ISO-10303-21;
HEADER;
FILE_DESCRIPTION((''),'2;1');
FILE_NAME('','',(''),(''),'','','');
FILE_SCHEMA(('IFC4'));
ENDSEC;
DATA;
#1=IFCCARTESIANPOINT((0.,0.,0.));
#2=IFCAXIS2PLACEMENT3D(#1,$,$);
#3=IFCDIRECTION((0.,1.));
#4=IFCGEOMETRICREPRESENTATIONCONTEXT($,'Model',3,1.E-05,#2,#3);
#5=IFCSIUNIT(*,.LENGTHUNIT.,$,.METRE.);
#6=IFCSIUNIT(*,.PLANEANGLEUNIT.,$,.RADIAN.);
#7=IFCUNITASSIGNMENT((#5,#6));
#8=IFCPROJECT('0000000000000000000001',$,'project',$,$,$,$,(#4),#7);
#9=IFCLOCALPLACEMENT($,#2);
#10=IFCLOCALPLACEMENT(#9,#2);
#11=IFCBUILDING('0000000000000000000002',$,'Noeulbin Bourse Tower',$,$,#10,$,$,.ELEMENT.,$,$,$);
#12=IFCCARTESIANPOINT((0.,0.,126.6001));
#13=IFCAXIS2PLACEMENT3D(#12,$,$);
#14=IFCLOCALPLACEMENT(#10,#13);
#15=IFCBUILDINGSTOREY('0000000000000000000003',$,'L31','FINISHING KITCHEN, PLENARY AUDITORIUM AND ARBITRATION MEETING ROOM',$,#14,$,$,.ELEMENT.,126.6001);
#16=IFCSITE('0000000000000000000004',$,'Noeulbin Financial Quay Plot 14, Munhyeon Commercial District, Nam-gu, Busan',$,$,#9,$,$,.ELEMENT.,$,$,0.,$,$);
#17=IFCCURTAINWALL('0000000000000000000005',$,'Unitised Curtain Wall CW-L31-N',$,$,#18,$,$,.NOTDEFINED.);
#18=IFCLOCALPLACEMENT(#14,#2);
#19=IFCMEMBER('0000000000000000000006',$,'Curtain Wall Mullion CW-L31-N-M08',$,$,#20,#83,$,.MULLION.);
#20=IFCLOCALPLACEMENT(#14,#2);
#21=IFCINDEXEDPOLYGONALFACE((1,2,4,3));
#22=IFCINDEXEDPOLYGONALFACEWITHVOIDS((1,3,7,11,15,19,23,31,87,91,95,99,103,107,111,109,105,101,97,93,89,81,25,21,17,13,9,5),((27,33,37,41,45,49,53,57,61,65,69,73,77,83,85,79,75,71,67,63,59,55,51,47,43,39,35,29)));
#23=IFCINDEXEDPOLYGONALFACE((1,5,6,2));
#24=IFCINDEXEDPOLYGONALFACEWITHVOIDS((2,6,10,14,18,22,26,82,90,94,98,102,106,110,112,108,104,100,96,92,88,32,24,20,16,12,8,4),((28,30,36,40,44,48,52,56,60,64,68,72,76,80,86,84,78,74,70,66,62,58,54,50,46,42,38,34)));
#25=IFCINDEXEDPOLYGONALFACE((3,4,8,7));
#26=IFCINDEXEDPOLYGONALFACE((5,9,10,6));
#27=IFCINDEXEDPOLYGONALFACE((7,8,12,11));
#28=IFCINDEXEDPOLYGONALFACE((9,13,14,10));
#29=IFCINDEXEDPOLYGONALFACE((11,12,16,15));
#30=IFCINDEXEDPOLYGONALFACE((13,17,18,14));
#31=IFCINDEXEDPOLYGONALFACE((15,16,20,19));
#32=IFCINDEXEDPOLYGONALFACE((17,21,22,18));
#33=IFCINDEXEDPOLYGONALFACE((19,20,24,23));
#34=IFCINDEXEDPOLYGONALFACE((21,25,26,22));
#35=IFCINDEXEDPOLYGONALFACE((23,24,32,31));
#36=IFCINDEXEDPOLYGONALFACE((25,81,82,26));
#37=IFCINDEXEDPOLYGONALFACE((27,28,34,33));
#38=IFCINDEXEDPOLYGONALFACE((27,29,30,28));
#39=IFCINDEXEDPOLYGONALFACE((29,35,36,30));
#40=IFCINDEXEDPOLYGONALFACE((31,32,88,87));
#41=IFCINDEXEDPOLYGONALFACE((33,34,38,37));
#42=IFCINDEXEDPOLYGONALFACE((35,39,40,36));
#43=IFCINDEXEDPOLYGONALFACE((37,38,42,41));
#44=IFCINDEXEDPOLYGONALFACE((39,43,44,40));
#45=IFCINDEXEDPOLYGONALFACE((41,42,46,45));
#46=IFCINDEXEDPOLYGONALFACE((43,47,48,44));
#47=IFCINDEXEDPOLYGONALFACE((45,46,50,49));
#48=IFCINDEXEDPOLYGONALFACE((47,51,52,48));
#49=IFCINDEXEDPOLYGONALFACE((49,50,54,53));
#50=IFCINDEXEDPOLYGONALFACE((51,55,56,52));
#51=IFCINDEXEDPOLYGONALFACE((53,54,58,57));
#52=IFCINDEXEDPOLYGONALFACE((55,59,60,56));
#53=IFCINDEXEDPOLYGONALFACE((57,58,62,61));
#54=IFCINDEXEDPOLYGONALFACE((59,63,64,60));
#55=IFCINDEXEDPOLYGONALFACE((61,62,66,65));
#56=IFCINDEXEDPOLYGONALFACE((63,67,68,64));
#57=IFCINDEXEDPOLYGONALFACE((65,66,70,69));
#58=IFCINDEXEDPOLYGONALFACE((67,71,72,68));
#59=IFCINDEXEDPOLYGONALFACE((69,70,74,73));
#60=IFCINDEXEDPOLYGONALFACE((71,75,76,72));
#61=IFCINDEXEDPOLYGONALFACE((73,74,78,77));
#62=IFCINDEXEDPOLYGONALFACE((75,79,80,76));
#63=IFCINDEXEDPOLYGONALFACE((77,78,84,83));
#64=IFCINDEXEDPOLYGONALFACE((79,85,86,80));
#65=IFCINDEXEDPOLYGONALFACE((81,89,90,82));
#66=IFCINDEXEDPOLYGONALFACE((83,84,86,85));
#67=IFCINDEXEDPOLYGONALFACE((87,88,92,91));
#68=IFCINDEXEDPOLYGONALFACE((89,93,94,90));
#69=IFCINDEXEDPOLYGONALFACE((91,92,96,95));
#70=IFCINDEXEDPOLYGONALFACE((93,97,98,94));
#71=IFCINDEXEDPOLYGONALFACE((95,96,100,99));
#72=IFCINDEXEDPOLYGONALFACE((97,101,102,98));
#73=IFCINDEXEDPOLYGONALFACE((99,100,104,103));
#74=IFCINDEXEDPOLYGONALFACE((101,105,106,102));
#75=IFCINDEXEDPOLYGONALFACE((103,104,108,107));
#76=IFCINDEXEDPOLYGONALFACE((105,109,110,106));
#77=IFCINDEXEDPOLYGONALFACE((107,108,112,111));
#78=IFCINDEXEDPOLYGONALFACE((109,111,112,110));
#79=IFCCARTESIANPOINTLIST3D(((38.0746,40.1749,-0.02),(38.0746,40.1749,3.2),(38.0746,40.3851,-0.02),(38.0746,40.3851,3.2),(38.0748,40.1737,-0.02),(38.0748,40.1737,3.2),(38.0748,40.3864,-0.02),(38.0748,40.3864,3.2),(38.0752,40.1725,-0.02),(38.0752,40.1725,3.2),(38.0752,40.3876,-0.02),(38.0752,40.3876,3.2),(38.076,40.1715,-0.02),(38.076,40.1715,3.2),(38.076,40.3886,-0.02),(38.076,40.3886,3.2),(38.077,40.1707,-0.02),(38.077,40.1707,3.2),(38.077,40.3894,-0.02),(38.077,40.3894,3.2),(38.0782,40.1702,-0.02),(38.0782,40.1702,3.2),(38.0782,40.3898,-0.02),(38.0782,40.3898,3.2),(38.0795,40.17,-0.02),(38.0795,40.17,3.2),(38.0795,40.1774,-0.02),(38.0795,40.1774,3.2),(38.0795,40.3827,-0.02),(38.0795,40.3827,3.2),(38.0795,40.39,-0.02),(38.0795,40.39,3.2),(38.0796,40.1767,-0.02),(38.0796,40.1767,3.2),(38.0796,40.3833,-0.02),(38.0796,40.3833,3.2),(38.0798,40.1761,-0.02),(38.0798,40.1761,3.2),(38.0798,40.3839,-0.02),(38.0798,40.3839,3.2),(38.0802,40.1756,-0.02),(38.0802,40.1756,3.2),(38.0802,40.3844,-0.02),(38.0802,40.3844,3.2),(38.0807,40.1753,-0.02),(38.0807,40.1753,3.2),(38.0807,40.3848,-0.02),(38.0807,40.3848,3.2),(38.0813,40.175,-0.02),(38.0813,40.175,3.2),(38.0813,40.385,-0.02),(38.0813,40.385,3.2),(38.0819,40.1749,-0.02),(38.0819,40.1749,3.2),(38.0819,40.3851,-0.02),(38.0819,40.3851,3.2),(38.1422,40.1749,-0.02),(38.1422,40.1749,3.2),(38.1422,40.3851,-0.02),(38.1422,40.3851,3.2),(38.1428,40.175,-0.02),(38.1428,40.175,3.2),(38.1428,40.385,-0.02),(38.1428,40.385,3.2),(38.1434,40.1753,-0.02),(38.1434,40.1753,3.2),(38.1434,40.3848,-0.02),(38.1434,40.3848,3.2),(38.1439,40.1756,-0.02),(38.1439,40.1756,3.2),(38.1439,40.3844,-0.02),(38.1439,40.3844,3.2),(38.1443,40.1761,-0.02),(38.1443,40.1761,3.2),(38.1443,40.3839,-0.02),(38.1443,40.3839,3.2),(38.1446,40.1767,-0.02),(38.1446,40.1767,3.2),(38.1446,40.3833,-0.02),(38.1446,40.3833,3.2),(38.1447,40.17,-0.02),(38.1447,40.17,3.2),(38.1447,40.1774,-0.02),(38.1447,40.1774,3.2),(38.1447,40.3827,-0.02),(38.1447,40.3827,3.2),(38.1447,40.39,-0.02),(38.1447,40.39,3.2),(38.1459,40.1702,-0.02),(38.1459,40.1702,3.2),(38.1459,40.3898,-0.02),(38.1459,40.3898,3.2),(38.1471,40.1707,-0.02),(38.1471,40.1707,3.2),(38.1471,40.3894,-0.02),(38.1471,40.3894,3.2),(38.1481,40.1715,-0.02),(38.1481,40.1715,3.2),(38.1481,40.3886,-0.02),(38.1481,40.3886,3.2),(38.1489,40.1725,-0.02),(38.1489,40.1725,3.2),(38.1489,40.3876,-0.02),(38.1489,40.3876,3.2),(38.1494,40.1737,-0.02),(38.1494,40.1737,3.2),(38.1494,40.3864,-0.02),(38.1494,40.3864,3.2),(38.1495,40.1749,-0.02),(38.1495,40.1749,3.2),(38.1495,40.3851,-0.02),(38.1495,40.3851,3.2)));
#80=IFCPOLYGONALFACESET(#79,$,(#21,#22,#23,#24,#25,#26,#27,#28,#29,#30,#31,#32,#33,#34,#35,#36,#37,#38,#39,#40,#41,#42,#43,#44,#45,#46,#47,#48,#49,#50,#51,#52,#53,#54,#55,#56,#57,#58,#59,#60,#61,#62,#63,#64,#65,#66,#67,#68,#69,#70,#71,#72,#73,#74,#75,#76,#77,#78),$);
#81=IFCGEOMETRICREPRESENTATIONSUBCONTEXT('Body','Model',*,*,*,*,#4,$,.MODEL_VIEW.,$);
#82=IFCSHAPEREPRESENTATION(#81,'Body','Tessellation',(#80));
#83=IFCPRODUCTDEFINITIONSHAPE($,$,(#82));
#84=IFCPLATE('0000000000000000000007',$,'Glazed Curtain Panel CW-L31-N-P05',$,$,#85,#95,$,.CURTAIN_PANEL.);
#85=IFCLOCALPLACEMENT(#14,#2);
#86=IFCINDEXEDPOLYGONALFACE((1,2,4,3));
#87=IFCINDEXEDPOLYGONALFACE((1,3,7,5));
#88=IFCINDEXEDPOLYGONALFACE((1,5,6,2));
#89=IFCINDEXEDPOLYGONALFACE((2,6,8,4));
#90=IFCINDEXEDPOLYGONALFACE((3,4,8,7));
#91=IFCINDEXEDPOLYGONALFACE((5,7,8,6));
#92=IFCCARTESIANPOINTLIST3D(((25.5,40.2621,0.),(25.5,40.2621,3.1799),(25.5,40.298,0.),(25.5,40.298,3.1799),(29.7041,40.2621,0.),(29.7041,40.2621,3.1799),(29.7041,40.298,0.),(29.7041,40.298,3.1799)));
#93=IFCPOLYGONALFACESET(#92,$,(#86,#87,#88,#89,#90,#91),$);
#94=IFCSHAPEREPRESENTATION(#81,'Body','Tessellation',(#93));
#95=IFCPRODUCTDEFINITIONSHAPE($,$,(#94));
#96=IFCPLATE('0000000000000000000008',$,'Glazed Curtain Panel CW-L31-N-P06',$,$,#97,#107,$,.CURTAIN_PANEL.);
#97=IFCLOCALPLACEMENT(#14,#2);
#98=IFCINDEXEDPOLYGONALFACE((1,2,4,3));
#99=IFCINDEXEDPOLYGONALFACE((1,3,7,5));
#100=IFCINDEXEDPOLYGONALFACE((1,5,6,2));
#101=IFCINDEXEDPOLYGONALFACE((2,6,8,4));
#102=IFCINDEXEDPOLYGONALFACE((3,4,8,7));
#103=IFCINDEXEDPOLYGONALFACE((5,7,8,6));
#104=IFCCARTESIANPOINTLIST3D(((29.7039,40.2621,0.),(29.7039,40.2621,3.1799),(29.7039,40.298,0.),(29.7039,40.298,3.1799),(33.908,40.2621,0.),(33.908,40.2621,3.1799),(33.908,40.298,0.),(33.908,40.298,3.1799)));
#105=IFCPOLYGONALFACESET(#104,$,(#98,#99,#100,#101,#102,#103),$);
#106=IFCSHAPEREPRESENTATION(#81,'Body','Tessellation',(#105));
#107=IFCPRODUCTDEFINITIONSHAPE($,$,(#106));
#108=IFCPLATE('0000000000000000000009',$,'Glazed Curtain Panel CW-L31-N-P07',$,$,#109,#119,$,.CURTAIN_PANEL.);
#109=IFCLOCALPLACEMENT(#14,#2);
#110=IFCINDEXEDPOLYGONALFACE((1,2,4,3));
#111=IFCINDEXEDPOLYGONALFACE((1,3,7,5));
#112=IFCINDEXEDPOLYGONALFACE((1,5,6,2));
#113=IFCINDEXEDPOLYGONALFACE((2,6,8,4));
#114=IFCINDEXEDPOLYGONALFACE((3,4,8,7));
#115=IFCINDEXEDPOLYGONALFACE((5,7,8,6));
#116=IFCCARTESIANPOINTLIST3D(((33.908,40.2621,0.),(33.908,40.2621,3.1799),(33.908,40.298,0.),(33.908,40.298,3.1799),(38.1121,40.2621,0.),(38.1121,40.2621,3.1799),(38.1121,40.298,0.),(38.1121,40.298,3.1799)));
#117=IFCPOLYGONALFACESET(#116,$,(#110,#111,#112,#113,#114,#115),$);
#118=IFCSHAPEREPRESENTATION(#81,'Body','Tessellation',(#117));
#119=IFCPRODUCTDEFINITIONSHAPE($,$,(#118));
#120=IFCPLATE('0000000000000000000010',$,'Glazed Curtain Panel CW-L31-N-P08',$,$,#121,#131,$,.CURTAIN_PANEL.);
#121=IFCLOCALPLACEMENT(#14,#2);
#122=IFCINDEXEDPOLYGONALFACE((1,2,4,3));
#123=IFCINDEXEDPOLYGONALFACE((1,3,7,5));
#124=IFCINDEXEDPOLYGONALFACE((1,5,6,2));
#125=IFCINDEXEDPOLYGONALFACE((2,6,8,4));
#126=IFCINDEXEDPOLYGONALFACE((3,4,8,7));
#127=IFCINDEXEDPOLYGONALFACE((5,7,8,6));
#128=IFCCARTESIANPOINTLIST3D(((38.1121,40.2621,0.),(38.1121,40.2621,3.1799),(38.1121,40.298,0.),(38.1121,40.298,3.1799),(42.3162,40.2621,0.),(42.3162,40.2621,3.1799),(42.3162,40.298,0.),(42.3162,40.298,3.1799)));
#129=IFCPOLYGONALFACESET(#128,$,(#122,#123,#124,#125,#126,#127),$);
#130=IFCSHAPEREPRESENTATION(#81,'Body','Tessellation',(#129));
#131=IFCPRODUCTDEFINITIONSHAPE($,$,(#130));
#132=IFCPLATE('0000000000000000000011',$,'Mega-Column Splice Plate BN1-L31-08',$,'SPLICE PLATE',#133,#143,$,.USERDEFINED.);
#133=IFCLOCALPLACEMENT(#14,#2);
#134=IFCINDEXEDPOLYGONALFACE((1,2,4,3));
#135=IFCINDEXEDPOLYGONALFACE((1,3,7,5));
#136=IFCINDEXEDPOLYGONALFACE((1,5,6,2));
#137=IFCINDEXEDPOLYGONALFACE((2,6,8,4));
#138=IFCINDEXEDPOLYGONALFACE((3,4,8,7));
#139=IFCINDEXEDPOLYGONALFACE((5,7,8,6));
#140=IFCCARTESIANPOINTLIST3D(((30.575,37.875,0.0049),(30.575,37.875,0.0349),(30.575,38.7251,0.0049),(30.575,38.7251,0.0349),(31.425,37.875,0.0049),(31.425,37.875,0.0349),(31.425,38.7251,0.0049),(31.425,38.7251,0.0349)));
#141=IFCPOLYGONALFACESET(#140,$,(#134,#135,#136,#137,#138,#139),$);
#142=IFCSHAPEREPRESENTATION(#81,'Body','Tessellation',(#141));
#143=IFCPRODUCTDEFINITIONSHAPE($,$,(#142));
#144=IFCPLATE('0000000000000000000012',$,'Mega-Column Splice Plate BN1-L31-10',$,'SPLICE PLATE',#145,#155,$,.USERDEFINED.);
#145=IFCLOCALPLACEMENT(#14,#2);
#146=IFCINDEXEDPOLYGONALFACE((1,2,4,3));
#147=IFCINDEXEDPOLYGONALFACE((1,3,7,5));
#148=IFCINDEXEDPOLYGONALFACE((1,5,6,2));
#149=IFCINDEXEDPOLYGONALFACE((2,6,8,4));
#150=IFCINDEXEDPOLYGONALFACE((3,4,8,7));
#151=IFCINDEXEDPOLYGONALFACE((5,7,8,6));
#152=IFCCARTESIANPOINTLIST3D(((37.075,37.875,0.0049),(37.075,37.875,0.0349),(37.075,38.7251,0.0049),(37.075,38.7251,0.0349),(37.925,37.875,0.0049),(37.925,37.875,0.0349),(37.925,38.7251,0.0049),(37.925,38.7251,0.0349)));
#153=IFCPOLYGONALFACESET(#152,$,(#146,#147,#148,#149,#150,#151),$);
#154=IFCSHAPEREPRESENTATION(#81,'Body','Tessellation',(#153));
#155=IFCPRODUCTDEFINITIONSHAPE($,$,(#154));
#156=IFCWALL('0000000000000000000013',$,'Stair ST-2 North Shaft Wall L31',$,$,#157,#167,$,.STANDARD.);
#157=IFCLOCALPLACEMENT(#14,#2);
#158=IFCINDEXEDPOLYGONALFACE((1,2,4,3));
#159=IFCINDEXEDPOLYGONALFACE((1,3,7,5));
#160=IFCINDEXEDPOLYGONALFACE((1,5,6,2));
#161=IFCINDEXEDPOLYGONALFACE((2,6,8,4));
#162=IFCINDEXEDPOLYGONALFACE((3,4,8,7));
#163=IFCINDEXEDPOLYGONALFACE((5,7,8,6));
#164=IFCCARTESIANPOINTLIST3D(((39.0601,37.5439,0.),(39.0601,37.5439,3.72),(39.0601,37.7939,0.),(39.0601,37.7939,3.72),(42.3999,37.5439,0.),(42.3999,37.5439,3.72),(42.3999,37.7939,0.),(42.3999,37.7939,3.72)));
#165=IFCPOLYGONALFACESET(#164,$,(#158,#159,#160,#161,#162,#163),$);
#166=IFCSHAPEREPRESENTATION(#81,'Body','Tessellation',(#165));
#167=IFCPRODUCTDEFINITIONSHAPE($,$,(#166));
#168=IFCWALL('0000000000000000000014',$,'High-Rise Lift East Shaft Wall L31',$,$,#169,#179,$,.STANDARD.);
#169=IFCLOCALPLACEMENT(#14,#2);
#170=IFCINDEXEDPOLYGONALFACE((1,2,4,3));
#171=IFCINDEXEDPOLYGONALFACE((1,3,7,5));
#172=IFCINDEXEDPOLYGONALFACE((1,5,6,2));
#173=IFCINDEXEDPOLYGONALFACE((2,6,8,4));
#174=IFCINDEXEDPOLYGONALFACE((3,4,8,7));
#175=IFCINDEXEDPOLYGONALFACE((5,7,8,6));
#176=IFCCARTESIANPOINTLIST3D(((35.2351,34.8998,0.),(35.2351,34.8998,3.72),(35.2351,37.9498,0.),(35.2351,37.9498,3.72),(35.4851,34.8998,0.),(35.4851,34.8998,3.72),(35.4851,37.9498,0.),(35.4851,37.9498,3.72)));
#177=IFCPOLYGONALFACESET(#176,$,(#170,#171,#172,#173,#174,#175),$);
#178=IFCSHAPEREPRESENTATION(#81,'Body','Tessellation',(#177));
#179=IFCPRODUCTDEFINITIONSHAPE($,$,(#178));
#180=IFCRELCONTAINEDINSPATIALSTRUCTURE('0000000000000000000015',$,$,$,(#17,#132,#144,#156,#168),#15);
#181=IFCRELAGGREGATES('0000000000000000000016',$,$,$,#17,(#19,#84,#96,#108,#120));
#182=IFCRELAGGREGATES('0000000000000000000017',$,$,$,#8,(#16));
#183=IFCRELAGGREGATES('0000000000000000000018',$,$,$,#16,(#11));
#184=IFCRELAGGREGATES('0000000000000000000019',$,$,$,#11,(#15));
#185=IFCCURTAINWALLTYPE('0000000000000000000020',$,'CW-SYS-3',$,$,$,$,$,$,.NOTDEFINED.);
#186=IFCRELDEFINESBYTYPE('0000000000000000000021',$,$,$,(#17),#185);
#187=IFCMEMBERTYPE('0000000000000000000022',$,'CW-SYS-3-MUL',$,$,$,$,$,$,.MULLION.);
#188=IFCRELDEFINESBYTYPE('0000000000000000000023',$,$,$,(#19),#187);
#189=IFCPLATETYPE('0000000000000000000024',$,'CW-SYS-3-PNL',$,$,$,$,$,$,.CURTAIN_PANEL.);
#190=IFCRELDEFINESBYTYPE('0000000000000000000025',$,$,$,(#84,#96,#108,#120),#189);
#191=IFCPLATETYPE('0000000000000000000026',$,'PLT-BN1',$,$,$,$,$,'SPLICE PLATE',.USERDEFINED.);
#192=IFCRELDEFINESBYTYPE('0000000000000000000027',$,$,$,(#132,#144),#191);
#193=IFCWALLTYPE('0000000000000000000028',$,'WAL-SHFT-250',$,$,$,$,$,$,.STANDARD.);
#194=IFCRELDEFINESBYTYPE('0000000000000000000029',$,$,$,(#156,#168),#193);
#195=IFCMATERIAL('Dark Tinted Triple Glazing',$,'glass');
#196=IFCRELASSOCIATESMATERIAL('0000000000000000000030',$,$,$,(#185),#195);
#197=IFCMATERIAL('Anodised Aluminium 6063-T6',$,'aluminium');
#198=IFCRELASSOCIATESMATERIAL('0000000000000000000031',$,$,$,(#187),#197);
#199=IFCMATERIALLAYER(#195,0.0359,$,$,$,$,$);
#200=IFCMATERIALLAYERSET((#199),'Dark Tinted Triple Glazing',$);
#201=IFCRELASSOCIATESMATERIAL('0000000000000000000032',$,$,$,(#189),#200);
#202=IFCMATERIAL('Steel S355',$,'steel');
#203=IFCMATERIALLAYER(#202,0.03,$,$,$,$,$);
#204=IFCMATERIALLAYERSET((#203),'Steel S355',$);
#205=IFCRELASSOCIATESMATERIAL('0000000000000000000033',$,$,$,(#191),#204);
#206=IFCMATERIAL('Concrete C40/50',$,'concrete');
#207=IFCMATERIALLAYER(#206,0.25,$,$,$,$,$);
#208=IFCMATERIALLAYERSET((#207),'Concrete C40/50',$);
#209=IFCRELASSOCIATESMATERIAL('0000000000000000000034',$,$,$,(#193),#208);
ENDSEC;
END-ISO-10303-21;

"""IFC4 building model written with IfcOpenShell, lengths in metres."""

from ifc_helpers import new_model, si_unit, direction, frame, frame_2d, origin, origin_2d, place, context, subcontext, project, spatial, rectangle, hollow_rectangle, extrude, material, layer, layer_set, material_profile, profile_set, type_object, element, aggregate, save


model = new_model("IFC4")

# Units and contexts
model_context = context("Model", 3, precision=1e-05, world=origin(), true_north=direction((0.0, 1.0)))
body_context = subcontext(model_context, "Body", "Model", "MODEL_VIEW")
ifc_project = project(units=[si_unit("LENGTHUNIT", "METRE"), si_unit("PLANEANGLEUNIT", "RADIAN")], contexts=[model_context])

# Site, building, storey
site_placement = place(None, origin())
site = spatial("IfcSite", under=ifc_project, at=site_placement, Name="Noeulbin Financial Quay Plot 14, Munhyeon Commercial District, Nam-gu, Busan", CompositionType="ELEMENT", RefElevation=0.0)
building_placement = place(site_placement, origin())
building = spatial("IfcBuilding", under=site, at=building_placement, Name="Noeulbin Bourse Tower", CompositionType="ELEMENT")
storey_placement = place(building_placement, frame((0.0, 0.0, 126.6001)))
storey = spatial("IfcBuildingStorey", under=building, at=storey_placement, Name="L31", Description="FINISHING KITCHEN, PLENARY AUDITORIUM AND ARBITRATION MEETING ROOM", CompositionType="ELEMENT", Elevation=126.6001)

# Shared definitions
ifc_material_1 = material(Name="Steel S355", Category="steel")

# Curtain wall, member, plates
ifc_material_2 = material(Name="Dark Tinted Triple Glazing", Category="glass")
curtain_wall_type = type_object("IfcCurtainWallType", Name="CW-SYS-3", PredefinedType="NOTDEFINED", material=ifc_material_2)
curtain_wall_placement = place(storey_placement, origin())
curtain_wall = element("IfcCurtainWall", 1, at=curtain_wall_placement, inside=storey, type_object=curtain_wall_type, Name="Unitised Curtain Wall CW-L31-N", PredefinedType="NOTDEFINED")
ifc_material_3 = material(Name="Anodised Aluminium 6063-T6", Category="aluminium")
ifc_material_profile_1 = material_profile(ifc_material_3, hollow_rectangle(XDim=0.075, YDim=0.22, WallThickness=0.0049, InnerFilletRadius=0.0024, OuterFilletRadius=0.0049, at=origin_2d()), Name="ALU-MULL-75x220x5", Category="LoadBearing")
ifc_profile_set_1 = profile_set([ifc_material_profile_1], Name="Anodised Aluminium 6063-T6")
member_type = type_object("IfcMemberType", Name="CW-SYS-3-MUL", PredefinedType="MULLION", material=ifc_profile_set_1)
member_1_placement = place(storey_placement, frame((38.1121, 40.28, -0.02), z_axis=(0.0, 0.0, 1.0), x_axis=(1.0, 0.0, 0.0)))
member_1 = element("IfcMember", 2, at=member_1_placement, type_object=member_type, Name="Curtain Wall Mullion CW-L31-N-M08", PredefinedType="MULLION", context=body_context, shape_type="SweptSolid", body=[
    extrude(hollow_rectangle(XDim=0.075, YDim=0.22, WallThickness=0.0049, InnerFilletRadius=0.0024, OuterFilletRadius=0.0049, at=origin_2d()), origin(), (0.0, 0.0, 1.0), 3.22),
])
ifc_layer_1 = layer(ifc_material_2, 0.0359)
ifc_layer_set_1 = layer_set([ifc_layer_1], Name="Dark Tinted Triple Glazing")
plate_type_1 = type_object("IfcPlateType", Name="CW-SYS-3-PNL", PredefinedType="CURTAIN_PANEL", material=ifc_layer_set_1)
plate_1_placement = place(storey_placement, frame((27.6021, 40.28, 0.0), z_axis=(0.0, 0.0, 1.0), x_axis=(1.0, 0.0, 0.0)))
plate_1 = element("IfcPlate", 3, at=plate_1_placement, type_object=plate_type_1, Name="Glazed Curtain Panel CW-L31-N-P05", PredefinedType="CURTAIN_PANEL", context=body_context, shape_type="SweptSolid", body=[
    extrude(rectangle(XDim=4.2041, YDim=0.0359, at=origin_2d()), origin(), (0.0, 0.0, 1.0), 3.1799),
])
plate_2_placement = place(storey_placement, frame((31.8059, 40.28, 0.0), z_axis=(0.0, 0.0, 1.0), x_axis=(1.0, 0.0, 0.0)))
plate_2 = element("IfcPlate", 4, at=plate_2_placement, type_object=plate_type_1, Name="Glazed Curtain Panel CW-L31-N-P06", PredefinedType="CURTAIN_PANEL", context=body_context, shape_type="SweptSolid", body=[
    extrude(rectangle(XDim=4.2041, YDim=0.0359, at=origin_2d()), origin(), (0.0, 0.0, 1.0), 3.1799),
])
plate_3_placement = place(storey_placement, frame((36.01, 40.28, 0.0), z_axis=(0.0, 0.0, 1.0), x_axis=(1.0, 0.0, 0.0)))
plate_3 = element("IfcPlate", 5, at=plate_3_placement, type_object=plate_type_1, Name="Glazed Curtain Panel CW-L31-N-P07", PredefinedType="CURTAIN_PANEL", context=body_context, shape_type="SweptSolid", body=[
    extrude(rectangle(XDim=4.2041, YDim=0.0359, at=origin_2d()), origin(), (0.0, 0.0, 1.0), 3.1799),
])
plate_4_placement = place(storey_placement, frame((40.2141, 40.28, 0.0), z_axis=(0.0, 0.0, 1.0), x_axis=(1.0, 0.0, 0.0)))
plate_4 = element("IfcPlate", 6, at=plate_4_placement, type_object=plate_type_1, Name="Glazed Curtain Panel CW-L31-N-P08", PredefinedType="CURTAIN_PANEL", context=body_context, shape_type="SweptSolid", body=[
    extrude(rectangle(XDim=4.2041, YDim=0.0359, at=origin_2d()), origin(), (0.0, 0.0, 1.0), 3.1799),
])
aggregate(curtain_wall, [member_1, plate_1, plate_2, plate_3, plate_4])

# Plates
ifc_layer_2 = layer(ifc_material_1, 0.03)
ifc_layer_set_2 = layer_set([ifc_layer_2], Name="Steel S355")
plate_type_2 = type_object("IfcPlateType", Name="PLT-BN1", ElementType="SPLICE PLATE", PredefinedType="USERDEFINED", material=ifc_layer_set_2)
for number, where, z_axis, x_axis, name in (
    (7, (31.0, 38.3, 0.0049), (0.0, 0.0, 1.0), (1.0, 0.0, 0.0), "Mega-Column Splice Plate BN1-L31-08"),
    (8, (37.5, 38.3, 0.0049), (0.0, 0.0, 1.0), (1.0, 0.0, 0.0), "Mega-Column Splice Plate BN1-L31-10"),
):
    element("IfcPlate", number, at=place(storey_placement, frame(where, z_axis=z_axis, x_axis=x_axis)), inside=storey, type_object=plate_type_2, Name=name, ObjectType="SPLICE PLATE", PredefinedType="USERDEFINED", context=body_context, shape_type="SweptSolid", body=[
        extrude(rectangle(XDim=0.8501, YDim=0.8501, at=origin_2d()), origin(), (0.0, 0.0, 1.0), 0.03),
    ])

# Walls
ifc_material_4 = material(Name="Concrete C40/50", Category="concrete")
ifc_layer_3 = layer(ifc_material_4, 0.25)
ifc_layer_set_3 = layer_set([ifc_layer_3], Name="Concrete C40/50")
wall_type = type_object("IfcWallType", Name="WAL-SHFT-250", PredefinedType="STANDARD", material=ifc_layer_set_3)
wall_1_placement = place(storey_placement, frame((39.0601, 37.6689, 0.0), z_axis=(0.0, 0.0, 1.0), x_axis=(1.0, 0.0, 0.0)))
element("IfcWall", 9, at=wall_1_placement, inside=storey, type_object=wall_type, Name="Stair ST-2 North Shaft Wall L31", PredefinedType="STANDARD", context=body_context, shape_type="SweptSolid", body=[
    extrude(rectangle(XDim=3.3398, YDim=0.25, at=frame_2d((1.6699, 0.0))), origin(), (0.0, 0.0, 1.0), 3.72),
])
wall_2_placement = place(storey_placement, frame((35.3601, 34.8999, 0.0), z_axis=(0.0, 0.0, 1.0), x_axis=(0.0, 1.0, 0.0)))
element("IfcWall", 10, at=wall_2_placement, inside=storey, type_object=wall_type, Name="High-Rise Lift East Shaft Wall L31", PredefinedType="STANDARD", context=body_context, shape_type="SweptSolid", body=[
    extrude(rectangle(XDim=3.05, YDim=0.25, at=frame_2d((1.5249, 0.0))), origin(), (0.0, 0.0, 1.0), 3.72),
])

save(model, "model.ifc")
